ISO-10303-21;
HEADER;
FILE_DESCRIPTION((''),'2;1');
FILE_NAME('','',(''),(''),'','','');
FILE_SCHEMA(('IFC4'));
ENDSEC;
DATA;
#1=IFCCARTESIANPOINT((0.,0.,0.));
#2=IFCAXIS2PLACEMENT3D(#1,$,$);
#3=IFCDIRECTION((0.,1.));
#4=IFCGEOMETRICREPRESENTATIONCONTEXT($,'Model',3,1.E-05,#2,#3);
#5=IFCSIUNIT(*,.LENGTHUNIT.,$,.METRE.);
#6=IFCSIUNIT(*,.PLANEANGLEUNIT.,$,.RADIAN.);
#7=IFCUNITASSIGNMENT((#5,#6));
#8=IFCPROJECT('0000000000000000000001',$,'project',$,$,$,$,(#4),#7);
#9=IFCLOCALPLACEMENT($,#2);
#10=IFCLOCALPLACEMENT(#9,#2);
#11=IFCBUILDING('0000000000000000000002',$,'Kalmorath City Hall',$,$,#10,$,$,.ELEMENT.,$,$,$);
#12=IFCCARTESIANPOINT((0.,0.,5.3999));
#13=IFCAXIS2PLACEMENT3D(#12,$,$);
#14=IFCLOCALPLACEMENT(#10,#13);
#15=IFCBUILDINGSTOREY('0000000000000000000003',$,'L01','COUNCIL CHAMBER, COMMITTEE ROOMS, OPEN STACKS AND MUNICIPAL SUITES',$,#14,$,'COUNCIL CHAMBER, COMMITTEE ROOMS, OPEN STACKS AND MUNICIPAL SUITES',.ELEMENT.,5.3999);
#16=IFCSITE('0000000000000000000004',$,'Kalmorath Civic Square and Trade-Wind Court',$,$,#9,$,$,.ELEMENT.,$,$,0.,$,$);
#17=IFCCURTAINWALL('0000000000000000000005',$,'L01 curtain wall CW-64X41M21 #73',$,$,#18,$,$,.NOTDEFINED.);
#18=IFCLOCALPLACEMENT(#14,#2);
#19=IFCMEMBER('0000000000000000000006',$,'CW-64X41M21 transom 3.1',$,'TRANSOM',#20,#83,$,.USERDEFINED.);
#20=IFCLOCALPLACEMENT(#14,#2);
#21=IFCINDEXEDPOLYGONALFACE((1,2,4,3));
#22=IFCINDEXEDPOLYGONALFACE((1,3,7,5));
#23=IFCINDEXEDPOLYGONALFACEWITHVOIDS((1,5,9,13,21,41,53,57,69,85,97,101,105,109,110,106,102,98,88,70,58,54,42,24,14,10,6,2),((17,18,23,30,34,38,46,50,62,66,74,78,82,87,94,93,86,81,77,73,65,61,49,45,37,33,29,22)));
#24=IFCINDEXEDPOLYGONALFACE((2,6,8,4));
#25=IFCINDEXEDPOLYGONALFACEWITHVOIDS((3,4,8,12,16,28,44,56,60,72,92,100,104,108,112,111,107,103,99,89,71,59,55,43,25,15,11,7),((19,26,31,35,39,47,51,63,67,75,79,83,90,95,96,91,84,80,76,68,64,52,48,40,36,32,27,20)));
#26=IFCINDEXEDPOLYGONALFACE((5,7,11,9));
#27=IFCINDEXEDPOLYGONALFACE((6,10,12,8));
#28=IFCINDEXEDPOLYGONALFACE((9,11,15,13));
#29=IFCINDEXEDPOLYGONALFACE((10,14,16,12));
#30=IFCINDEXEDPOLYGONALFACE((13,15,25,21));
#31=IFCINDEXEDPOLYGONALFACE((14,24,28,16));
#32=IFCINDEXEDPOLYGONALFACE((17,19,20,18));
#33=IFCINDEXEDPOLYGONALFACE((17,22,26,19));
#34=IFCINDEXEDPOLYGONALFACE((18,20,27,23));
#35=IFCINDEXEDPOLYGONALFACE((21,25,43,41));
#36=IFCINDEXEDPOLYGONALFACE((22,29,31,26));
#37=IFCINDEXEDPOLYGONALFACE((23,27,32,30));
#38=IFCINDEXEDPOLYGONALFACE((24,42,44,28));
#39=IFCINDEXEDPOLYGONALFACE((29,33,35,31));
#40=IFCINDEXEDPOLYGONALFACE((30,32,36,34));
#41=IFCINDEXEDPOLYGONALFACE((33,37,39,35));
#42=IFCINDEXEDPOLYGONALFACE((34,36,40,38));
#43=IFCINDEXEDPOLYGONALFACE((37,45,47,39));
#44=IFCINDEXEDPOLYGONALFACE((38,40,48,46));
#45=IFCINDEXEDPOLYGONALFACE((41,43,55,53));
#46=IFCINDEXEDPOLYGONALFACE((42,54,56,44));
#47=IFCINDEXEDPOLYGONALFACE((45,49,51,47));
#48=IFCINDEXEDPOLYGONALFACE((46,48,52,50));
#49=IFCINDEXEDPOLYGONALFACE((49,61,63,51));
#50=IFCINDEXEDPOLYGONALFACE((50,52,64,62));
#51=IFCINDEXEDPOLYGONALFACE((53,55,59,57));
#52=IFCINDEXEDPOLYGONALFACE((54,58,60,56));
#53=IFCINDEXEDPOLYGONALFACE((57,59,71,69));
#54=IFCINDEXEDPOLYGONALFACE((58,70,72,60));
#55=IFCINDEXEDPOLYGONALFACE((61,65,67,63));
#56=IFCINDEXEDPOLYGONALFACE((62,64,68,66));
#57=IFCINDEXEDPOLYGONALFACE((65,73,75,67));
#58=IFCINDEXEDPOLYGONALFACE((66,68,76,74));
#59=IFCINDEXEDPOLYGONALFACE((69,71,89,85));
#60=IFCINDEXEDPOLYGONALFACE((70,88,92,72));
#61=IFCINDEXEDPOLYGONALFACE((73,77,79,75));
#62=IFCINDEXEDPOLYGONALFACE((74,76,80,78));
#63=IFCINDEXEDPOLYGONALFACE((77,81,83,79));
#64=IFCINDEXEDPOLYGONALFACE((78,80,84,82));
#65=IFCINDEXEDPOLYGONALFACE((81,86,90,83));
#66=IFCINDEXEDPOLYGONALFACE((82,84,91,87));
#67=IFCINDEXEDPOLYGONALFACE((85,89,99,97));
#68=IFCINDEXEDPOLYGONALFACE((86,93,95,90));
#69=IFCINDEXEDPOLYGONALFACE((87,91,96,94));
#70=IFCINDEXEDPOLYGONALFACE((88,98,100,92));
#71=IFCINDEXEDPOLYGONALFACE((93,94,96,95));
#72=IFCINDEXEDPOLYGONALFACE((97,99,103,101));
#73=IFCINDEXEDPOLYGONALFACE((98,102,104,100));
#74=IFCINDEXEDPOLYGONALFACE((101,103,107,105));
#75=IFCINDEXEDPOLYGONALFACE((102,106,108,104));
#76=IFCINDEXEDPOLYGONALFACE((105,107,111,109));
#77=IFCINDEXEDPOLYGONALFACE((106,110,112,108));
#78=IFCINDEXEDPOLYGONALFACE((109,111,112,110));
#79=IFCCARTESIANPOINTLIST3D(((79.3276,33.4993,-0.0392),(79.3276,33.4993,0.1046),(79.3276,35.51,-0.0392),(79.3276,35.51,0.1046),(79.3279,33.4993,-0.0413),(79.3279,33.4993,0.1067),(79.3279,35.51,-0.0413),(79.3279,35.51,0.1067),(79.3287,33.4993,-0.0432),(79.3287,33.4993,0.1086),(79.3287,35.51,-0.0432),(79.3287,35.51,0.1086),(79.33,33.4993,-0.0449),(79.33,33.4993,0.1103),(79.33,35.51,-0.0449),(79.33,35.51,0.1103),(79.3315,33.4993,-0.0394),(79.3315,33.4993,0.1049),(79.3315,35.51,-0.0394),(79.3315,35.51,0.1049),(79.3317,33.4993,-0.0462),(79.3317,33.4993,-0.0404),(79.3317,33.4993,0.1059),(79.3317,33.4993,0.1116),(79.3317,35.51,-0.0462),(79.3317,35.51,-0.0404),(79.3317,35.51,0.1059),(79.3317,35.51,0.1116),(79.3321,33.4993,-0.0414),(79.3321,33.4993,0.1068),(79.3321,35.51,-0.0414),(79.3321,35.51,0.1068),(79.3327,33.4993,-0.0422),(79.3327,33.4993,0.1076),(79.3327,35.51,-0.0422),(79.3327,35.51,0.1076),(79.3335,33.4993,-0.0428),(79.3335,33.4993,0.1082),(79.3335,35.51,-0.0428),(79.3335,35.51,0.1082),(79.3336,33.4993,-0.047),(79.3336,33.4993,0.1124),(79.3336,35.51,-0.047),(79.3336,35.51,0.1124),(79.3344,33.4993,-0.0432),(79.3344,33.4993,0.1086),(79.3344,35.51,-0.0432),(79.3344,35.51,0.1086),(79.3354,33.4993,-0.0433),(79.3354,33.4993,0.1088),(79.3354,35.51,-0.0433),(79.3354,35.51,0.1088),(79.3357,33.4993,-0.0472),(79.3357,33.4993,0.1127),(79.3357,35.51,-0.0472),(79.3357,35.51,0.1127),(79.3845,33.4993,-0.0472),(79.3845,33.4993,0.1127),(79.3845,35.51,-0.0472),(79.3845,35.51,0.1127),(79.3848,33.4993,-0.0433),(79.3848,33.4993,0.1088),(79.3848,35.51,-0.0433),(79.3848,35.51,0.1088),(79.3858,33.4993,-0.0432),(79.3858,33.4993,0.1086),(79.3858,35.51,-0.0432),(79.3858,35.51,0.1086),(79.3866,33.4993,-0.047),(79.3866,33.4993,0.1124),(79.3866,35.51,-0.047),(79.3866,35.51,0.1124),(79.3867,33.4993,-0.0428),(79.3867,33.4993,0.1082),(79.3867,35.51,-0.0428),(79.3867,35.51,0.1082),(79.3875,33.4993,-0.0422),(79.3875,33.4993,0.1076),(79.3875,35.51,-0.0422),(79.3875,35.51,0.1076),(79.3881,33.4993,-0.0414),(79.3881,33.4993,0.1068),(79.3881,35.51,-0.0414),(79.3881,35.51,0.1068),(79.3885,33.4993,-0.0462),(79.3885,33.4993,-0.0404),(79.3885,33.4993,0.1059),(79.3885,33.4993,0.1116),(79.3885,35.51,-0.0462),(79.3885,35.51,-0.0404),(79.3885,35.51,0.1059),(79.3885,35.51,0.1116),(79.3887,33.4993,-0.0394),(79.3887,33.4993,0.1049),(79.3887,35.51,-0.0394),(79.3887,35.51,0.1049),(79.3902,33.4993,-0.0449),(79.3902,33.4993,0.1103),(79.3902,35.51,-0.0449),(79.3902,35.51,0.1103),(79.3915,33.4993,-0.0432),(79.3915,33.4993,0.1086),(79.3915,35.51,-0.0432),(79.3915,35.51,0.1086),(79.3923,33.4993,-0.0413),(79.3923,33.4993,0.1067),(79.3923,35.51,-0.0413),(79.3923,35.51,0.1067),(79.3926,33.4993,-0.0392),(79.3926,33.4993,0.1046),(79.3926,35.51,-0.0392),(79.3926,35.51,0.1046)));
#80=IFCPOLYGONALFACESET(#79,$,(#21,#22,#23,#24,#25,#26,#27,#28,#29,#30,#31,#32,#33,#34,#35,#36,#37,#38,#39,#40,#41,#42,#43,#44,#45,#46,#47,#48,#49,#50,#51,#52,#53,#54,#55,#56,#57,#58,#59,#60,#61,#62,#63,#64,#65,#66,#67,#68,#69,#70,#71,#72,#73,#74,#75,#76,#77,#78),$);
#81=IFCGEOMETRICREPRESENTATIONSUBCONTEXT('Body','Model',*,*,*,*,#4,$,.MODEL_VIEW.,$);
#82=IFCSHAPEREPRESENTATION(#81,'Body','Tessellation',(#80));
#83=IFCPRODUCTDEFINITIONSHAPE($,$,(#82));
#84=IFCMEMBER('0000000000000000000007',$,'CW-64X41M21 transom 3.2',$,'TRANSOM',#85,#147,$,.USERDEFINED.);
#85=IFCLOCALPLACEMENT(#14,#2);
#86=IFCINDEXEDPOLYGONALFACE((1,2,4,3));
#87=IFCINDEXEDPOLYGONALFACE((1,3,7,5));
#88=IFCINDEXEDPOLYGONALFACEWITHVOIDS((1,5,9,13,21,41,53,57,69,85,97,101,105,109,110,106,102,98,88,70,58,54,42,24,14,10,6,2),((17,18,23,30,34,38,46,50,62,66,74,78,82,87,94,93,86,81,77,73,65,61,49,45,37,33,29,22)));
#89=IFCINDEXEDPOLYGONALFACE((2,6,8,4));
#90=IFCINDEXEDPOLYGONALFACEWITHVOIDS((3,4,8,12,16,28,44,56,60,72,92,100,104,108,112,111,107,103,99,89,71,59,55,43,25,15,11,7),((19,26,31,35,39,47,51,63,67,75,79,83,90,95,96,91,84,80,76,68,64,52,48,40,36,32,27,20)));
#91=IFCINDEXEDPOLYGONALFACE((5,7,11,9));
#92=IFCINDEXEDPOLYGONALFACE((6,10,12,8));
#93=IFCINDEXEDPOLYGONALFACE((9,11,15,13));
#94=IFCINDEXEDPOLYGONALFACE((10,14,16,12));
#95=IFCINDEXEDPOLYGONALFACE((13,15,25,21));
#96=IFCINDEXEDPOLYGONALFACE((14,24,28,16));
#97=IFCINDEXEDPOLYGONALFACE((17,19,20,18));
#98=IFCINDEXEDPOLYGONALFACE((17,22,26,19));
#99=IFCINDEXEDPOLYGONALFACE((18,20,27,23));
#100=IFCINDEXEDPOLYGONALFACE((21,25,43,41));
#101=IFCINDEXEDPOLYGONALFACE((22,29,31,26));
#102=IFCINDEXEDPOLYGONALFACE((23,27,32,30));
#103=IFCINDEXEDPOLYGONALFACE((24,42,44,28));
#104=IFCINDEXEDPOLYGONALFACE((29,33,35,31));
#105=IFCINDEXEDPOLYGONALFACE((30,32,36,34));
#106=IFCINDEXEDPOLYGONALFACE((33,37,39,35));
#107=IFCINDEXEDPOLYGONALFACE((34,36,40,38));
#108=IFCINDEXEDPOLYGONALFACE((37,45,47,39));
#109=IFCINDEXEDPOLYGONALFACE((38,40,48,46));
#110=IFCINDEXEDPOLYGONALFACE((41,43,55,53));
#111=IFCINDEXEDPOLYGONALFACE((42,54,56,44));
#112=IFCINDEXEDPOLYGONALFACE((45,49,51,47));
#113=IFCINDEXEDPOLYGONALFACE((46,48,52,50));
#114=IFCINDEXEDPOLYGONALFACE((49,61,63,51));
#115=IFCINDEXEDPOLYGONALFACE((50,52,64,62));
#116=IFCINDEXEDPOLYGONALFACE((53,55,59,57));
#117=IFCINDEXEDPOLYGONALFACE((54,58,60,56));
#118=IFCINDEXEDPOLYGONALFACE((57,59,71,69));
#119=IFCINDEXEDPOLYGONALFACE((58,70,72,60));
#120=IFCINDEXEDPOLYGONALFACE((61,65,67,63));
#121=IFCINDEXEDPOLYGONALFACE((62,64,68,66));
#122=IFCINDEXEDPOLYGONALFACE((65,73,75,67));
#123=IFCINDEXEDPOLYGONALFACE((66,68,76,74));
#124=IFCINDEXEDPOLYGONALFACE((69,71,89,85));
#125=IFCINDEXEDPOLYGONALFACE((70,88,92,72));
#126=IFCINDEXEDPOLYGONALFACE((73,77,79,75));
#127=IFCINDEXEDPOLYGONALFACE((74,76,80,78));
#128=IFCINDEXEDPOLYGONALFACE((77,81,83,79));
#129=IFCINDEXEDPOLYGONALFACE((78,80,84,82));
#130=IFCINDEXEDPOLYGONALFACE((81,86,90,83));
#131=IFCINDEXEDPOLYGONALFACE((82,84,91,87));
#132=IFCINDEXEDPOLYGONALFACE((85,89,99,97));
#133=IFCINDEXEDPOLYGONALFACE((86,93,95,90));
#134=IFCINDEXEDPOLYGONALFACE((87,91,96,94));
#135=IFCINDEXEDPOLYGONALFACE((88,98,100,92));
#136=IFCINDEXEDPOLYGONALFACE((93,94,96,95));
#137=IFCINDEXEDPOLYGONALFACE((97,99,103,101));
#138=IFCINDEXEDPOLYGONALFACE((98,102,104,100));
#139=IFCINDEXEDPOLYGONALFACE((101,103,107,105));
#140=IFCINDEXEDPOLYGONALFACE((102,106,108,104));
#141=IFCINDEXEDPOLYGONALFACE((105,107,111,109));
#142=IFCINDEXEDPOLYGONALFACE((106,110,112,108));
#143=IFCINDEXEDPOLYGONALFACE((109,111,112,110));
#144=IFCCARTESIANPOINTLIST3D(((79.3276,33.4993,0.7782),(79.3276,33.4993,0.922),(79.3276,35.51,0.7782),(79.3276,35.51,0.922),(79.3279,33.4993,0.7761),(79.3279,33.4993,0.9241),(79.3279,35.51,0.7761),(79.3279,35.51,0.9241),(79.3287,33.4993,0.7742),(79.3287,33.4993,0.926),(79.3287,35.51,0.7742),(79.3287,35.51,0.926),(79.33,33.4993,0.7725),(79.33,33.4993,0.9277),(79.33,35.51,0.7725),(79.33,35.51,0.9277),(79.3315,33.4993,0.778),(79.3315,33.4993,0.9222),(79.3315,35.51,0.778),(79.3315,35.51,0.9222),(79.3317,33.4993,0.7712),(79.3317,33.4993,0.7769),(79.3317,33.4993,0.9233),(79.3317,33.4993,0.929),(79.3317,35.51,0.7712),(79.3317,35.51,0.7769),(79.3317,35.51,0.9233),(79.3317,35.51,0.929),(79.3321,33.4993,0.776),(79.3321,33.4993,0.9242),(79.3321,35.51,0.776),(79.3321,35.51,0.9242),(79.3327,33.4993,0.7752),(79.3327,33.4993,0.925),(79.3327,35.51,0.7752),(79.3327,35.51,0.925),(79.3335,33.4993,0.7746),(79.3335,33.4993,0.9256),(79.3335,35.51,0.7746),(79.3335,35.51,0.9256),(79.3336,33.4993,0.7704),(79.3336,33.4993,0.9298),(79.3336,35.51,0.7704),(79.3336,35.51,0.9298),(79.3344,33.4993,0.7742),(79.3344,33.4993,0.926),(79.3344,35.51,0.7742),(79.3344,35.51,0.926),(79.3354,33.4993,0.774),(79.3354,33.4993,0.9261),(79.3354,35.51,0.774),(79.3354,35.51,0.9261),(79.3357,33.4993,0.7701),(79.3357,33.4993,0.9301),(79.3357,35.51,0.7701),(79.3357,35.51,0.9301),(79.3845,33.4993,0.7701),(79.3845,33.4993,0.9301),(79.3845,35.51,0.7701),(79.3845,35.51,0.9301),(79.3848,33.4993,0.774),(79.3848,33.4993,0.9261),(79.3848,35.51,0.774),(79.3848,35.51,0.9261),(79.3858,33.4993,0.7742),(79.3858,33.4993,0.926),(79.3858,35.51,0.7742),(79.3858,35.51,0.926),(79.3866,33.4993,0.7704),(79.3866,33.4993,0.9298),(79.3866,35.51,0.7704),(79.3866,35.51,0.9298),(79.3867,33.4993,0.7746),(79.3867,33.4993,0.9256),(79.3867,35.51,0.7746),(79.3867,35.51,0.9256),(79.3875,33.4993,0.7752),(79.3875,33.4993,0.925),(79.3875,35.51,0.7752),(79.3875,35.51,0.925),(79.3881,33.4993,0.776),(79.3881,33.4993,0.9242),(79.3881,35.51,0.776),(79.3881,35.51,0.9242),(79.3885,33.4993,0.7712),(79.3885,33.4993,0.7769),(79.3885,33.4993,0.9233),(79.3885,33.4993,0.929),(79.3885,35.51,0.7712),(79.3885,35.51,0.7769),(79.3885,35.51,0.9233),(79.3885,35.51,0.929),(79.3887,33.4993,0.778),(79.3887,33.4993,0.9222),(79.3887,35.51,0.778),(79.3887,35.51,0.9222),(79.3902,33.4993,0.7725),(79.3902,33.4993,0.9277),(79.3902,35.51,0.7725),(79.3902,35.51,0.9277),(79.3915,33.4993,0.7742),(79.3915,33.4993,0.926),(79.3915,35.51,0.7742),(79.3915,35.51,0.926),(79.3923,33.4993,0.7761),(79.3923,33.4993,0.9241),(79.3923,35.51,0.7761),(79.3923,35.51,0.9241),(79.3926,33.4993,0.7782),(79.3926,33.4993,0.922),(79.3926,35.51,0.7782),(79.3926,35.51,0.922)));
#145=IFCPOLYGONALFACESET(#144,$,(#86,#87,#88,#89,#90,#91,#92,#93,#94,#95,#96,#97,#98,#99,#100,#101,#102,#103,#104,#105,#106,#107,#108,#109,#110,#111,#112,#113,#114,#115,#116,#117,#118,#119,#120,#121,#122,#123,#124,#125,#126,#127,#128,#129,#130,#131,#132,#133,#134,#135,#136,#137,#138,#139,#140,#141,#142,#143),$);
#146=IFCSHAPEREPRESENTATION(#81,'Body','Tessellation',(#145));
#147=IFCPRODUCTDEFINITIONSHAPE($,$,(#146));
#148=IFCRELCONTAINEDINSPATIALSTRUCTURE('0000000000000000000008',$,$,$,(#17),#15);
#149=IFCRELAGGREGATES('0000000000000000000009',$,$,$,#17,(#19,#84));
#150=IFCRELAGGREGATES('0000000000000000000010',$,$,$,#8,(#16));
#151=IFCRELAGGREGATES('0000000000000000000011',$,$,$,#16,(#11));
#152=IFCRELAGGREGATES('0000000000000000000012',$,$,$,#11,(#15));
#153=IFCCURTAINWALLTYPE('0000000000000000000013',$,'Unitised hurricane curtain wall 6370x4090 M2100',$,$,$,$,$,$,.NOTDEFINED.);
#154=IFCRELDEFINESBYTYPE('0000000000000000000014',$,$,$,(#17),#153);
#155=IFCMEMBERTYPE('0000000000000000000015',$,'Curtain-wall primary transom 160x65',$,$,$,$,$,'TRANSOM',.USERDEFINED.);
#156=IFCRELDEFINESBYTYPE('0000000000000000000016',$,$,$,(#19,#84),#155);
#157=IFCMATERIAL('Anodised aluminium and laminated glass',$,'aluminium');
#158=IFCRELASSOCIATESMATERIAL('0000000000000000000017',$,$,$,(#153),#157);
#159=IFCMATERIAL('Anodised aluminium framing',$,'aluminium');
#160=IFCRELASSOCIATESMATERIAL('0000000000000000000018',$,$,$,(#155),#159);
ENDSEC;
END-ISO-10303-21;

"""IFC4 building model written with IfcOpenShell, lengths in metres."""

from ifc_helpers import new_model, si_unit, direction, frame, origin, origin_2d, place, context, subcontext, project, spatial, hollow_rectangle, extrude, material, material_profile, profile_set, type_object, element, aggregate, save


model = new_model("IFC4")

# Units and contexts
model_context = context("Model", 3, precision=1e-05, world=origin(), true_north=direction((0.0, 1.0)))
body_context = subcontext(model_context, "Body", "Model", "MODEL_VIEW")
ifc_project = project(units=[si_unit("LENGTHUNIT", "METRE"), si_unit("PLANEANGLEUNIT", "RADIAN")], contexts=[model_context])

# Site, building, storey
site_placement = place(None, origin())
site = spatial("IfcSite", under=ifc_project, at=site_placement, Name="Kalmorath Civic Square and Trade-Wind Court", CompositionType="ELEMENT", RefElevation=0.0)
building_placement = place(site_placement, origin())
building = spatial("IfcBuilding", under=site, at=building_placement, Name="Kalmorath City Hall", CompositionType="ELEMENT")
storey_placement = place(building_placement, frame((0.0, 0.0, 5.3999)))
storey = spatial("IfcBuildingStorey", under=building, at=storey_placement, Name="L01", Description="COUNCIL CHAMBER, COMMITTEE ROOMS, OPEN STACKS AND MUNICIPAL SUITES", LongName="COUNCIL CHAMBER, COMMITTEE ROOMS, OPEN STACKS AND MUNICIPAL SUITES", CompositionType="ELEMENT", Elevation=5.3999)

# Curtain wall
ifc_material_1 = material(Name="Anodised aluminium and laminated glass", Category="aluminium")
curtain_wall_type_1 = type_object("IfcCurtainWallType", Name="Unitised hurricane curtain wall 6370x4090 M2100", PredefinedType="NOTDEFINED", material=ifc_material_1)
curtain_wall_1_placement = place(storey_placement, origin())
curtain_wall_1 = element("IfcCurtainWall", 1, at=curtain_wall_1_placement, inside=storey, type_object=curtain_wall_type_1, Name="L01 curtain wall CW-64X41M21 #73", PredefinedType="NOTDEFINED")

# Members
ifc_material_2 = material(Name="Anodised aluminium framing", Category="aluminium")
ifc_material_profile_1 = material_profile(ifc_material_2, hollow_rectangle(XDim=0.0649, YDim=0.1599, WallThickness=0.0039, InnerFilletRadius=0.0039, OuterFilletRadius=0.0081, at=origin_2d()), Name="ALU-TRN-160X65X4")
ifc_profile_set_1 = profile_set([ifc_material_profile_1], Name="Anodised aluminium framing")
member_type_1 = type_object("IfcMemberType", Name="Curtain-wall primary transom 160x65", ElementType="TRANSOM", PredefinedType="USERDEFINED", material=ifc_profile_set_1)
member_1_placement = place(storey_placement, frame((79.3601, 33.4993, 0.0327), z_axis=(0.0, 1.0, 0.0), x_axis=(-1.0, 0.0, 0.0)))
member_1 = element("IfcMember", 2, at=member_1_placement, type_object=member_type_1, Name="CW-64X41M21 transom 3.1", ObjectType="TRANSOM", PredefinedType="USERDEFINED", context=body_context, shape_type="SweptSolid", body=[
    extrude(hollow_rectangle(XDim=0.0649, YDim=0.1599, WallThickness=0.0039, InnerFilletRadius=0.0039, OuterFilletRadius=0.0081, at=origin_2d()), origin(), (0.0, 0.0, 1.0), 2.0107),
])
member_2_placement = place(storey_placement, frame((79.3601, 33.4993, 0.8501), z_axis=(0.0, 1.0, 0.0), x_axis=(-1.0, 0.0, 0.0)))
member_2 = element("IfcMember", 3, at=member_2_placement, type_object=member_type_1, Name="CW-64X41M21 transom 3.2", ObjectType="TRANSOM", PredefinedType="USERDEFINED", context=body_context, shape_type="SweptSolid", body=[
    extrude(hollow_rectangle(XDim=0.0649, YDim=0.1599, WallThickness=0.0039, InnerFilletRadius=0.0039, OuterFilletRadius=0.0081, at=origin_2d()), origin(), (0.0, 0.0, 1.0), 2.0107),
])

aggregate(curtain_wall_1, [member_1, member_2])

save(model, "model.ifc")
